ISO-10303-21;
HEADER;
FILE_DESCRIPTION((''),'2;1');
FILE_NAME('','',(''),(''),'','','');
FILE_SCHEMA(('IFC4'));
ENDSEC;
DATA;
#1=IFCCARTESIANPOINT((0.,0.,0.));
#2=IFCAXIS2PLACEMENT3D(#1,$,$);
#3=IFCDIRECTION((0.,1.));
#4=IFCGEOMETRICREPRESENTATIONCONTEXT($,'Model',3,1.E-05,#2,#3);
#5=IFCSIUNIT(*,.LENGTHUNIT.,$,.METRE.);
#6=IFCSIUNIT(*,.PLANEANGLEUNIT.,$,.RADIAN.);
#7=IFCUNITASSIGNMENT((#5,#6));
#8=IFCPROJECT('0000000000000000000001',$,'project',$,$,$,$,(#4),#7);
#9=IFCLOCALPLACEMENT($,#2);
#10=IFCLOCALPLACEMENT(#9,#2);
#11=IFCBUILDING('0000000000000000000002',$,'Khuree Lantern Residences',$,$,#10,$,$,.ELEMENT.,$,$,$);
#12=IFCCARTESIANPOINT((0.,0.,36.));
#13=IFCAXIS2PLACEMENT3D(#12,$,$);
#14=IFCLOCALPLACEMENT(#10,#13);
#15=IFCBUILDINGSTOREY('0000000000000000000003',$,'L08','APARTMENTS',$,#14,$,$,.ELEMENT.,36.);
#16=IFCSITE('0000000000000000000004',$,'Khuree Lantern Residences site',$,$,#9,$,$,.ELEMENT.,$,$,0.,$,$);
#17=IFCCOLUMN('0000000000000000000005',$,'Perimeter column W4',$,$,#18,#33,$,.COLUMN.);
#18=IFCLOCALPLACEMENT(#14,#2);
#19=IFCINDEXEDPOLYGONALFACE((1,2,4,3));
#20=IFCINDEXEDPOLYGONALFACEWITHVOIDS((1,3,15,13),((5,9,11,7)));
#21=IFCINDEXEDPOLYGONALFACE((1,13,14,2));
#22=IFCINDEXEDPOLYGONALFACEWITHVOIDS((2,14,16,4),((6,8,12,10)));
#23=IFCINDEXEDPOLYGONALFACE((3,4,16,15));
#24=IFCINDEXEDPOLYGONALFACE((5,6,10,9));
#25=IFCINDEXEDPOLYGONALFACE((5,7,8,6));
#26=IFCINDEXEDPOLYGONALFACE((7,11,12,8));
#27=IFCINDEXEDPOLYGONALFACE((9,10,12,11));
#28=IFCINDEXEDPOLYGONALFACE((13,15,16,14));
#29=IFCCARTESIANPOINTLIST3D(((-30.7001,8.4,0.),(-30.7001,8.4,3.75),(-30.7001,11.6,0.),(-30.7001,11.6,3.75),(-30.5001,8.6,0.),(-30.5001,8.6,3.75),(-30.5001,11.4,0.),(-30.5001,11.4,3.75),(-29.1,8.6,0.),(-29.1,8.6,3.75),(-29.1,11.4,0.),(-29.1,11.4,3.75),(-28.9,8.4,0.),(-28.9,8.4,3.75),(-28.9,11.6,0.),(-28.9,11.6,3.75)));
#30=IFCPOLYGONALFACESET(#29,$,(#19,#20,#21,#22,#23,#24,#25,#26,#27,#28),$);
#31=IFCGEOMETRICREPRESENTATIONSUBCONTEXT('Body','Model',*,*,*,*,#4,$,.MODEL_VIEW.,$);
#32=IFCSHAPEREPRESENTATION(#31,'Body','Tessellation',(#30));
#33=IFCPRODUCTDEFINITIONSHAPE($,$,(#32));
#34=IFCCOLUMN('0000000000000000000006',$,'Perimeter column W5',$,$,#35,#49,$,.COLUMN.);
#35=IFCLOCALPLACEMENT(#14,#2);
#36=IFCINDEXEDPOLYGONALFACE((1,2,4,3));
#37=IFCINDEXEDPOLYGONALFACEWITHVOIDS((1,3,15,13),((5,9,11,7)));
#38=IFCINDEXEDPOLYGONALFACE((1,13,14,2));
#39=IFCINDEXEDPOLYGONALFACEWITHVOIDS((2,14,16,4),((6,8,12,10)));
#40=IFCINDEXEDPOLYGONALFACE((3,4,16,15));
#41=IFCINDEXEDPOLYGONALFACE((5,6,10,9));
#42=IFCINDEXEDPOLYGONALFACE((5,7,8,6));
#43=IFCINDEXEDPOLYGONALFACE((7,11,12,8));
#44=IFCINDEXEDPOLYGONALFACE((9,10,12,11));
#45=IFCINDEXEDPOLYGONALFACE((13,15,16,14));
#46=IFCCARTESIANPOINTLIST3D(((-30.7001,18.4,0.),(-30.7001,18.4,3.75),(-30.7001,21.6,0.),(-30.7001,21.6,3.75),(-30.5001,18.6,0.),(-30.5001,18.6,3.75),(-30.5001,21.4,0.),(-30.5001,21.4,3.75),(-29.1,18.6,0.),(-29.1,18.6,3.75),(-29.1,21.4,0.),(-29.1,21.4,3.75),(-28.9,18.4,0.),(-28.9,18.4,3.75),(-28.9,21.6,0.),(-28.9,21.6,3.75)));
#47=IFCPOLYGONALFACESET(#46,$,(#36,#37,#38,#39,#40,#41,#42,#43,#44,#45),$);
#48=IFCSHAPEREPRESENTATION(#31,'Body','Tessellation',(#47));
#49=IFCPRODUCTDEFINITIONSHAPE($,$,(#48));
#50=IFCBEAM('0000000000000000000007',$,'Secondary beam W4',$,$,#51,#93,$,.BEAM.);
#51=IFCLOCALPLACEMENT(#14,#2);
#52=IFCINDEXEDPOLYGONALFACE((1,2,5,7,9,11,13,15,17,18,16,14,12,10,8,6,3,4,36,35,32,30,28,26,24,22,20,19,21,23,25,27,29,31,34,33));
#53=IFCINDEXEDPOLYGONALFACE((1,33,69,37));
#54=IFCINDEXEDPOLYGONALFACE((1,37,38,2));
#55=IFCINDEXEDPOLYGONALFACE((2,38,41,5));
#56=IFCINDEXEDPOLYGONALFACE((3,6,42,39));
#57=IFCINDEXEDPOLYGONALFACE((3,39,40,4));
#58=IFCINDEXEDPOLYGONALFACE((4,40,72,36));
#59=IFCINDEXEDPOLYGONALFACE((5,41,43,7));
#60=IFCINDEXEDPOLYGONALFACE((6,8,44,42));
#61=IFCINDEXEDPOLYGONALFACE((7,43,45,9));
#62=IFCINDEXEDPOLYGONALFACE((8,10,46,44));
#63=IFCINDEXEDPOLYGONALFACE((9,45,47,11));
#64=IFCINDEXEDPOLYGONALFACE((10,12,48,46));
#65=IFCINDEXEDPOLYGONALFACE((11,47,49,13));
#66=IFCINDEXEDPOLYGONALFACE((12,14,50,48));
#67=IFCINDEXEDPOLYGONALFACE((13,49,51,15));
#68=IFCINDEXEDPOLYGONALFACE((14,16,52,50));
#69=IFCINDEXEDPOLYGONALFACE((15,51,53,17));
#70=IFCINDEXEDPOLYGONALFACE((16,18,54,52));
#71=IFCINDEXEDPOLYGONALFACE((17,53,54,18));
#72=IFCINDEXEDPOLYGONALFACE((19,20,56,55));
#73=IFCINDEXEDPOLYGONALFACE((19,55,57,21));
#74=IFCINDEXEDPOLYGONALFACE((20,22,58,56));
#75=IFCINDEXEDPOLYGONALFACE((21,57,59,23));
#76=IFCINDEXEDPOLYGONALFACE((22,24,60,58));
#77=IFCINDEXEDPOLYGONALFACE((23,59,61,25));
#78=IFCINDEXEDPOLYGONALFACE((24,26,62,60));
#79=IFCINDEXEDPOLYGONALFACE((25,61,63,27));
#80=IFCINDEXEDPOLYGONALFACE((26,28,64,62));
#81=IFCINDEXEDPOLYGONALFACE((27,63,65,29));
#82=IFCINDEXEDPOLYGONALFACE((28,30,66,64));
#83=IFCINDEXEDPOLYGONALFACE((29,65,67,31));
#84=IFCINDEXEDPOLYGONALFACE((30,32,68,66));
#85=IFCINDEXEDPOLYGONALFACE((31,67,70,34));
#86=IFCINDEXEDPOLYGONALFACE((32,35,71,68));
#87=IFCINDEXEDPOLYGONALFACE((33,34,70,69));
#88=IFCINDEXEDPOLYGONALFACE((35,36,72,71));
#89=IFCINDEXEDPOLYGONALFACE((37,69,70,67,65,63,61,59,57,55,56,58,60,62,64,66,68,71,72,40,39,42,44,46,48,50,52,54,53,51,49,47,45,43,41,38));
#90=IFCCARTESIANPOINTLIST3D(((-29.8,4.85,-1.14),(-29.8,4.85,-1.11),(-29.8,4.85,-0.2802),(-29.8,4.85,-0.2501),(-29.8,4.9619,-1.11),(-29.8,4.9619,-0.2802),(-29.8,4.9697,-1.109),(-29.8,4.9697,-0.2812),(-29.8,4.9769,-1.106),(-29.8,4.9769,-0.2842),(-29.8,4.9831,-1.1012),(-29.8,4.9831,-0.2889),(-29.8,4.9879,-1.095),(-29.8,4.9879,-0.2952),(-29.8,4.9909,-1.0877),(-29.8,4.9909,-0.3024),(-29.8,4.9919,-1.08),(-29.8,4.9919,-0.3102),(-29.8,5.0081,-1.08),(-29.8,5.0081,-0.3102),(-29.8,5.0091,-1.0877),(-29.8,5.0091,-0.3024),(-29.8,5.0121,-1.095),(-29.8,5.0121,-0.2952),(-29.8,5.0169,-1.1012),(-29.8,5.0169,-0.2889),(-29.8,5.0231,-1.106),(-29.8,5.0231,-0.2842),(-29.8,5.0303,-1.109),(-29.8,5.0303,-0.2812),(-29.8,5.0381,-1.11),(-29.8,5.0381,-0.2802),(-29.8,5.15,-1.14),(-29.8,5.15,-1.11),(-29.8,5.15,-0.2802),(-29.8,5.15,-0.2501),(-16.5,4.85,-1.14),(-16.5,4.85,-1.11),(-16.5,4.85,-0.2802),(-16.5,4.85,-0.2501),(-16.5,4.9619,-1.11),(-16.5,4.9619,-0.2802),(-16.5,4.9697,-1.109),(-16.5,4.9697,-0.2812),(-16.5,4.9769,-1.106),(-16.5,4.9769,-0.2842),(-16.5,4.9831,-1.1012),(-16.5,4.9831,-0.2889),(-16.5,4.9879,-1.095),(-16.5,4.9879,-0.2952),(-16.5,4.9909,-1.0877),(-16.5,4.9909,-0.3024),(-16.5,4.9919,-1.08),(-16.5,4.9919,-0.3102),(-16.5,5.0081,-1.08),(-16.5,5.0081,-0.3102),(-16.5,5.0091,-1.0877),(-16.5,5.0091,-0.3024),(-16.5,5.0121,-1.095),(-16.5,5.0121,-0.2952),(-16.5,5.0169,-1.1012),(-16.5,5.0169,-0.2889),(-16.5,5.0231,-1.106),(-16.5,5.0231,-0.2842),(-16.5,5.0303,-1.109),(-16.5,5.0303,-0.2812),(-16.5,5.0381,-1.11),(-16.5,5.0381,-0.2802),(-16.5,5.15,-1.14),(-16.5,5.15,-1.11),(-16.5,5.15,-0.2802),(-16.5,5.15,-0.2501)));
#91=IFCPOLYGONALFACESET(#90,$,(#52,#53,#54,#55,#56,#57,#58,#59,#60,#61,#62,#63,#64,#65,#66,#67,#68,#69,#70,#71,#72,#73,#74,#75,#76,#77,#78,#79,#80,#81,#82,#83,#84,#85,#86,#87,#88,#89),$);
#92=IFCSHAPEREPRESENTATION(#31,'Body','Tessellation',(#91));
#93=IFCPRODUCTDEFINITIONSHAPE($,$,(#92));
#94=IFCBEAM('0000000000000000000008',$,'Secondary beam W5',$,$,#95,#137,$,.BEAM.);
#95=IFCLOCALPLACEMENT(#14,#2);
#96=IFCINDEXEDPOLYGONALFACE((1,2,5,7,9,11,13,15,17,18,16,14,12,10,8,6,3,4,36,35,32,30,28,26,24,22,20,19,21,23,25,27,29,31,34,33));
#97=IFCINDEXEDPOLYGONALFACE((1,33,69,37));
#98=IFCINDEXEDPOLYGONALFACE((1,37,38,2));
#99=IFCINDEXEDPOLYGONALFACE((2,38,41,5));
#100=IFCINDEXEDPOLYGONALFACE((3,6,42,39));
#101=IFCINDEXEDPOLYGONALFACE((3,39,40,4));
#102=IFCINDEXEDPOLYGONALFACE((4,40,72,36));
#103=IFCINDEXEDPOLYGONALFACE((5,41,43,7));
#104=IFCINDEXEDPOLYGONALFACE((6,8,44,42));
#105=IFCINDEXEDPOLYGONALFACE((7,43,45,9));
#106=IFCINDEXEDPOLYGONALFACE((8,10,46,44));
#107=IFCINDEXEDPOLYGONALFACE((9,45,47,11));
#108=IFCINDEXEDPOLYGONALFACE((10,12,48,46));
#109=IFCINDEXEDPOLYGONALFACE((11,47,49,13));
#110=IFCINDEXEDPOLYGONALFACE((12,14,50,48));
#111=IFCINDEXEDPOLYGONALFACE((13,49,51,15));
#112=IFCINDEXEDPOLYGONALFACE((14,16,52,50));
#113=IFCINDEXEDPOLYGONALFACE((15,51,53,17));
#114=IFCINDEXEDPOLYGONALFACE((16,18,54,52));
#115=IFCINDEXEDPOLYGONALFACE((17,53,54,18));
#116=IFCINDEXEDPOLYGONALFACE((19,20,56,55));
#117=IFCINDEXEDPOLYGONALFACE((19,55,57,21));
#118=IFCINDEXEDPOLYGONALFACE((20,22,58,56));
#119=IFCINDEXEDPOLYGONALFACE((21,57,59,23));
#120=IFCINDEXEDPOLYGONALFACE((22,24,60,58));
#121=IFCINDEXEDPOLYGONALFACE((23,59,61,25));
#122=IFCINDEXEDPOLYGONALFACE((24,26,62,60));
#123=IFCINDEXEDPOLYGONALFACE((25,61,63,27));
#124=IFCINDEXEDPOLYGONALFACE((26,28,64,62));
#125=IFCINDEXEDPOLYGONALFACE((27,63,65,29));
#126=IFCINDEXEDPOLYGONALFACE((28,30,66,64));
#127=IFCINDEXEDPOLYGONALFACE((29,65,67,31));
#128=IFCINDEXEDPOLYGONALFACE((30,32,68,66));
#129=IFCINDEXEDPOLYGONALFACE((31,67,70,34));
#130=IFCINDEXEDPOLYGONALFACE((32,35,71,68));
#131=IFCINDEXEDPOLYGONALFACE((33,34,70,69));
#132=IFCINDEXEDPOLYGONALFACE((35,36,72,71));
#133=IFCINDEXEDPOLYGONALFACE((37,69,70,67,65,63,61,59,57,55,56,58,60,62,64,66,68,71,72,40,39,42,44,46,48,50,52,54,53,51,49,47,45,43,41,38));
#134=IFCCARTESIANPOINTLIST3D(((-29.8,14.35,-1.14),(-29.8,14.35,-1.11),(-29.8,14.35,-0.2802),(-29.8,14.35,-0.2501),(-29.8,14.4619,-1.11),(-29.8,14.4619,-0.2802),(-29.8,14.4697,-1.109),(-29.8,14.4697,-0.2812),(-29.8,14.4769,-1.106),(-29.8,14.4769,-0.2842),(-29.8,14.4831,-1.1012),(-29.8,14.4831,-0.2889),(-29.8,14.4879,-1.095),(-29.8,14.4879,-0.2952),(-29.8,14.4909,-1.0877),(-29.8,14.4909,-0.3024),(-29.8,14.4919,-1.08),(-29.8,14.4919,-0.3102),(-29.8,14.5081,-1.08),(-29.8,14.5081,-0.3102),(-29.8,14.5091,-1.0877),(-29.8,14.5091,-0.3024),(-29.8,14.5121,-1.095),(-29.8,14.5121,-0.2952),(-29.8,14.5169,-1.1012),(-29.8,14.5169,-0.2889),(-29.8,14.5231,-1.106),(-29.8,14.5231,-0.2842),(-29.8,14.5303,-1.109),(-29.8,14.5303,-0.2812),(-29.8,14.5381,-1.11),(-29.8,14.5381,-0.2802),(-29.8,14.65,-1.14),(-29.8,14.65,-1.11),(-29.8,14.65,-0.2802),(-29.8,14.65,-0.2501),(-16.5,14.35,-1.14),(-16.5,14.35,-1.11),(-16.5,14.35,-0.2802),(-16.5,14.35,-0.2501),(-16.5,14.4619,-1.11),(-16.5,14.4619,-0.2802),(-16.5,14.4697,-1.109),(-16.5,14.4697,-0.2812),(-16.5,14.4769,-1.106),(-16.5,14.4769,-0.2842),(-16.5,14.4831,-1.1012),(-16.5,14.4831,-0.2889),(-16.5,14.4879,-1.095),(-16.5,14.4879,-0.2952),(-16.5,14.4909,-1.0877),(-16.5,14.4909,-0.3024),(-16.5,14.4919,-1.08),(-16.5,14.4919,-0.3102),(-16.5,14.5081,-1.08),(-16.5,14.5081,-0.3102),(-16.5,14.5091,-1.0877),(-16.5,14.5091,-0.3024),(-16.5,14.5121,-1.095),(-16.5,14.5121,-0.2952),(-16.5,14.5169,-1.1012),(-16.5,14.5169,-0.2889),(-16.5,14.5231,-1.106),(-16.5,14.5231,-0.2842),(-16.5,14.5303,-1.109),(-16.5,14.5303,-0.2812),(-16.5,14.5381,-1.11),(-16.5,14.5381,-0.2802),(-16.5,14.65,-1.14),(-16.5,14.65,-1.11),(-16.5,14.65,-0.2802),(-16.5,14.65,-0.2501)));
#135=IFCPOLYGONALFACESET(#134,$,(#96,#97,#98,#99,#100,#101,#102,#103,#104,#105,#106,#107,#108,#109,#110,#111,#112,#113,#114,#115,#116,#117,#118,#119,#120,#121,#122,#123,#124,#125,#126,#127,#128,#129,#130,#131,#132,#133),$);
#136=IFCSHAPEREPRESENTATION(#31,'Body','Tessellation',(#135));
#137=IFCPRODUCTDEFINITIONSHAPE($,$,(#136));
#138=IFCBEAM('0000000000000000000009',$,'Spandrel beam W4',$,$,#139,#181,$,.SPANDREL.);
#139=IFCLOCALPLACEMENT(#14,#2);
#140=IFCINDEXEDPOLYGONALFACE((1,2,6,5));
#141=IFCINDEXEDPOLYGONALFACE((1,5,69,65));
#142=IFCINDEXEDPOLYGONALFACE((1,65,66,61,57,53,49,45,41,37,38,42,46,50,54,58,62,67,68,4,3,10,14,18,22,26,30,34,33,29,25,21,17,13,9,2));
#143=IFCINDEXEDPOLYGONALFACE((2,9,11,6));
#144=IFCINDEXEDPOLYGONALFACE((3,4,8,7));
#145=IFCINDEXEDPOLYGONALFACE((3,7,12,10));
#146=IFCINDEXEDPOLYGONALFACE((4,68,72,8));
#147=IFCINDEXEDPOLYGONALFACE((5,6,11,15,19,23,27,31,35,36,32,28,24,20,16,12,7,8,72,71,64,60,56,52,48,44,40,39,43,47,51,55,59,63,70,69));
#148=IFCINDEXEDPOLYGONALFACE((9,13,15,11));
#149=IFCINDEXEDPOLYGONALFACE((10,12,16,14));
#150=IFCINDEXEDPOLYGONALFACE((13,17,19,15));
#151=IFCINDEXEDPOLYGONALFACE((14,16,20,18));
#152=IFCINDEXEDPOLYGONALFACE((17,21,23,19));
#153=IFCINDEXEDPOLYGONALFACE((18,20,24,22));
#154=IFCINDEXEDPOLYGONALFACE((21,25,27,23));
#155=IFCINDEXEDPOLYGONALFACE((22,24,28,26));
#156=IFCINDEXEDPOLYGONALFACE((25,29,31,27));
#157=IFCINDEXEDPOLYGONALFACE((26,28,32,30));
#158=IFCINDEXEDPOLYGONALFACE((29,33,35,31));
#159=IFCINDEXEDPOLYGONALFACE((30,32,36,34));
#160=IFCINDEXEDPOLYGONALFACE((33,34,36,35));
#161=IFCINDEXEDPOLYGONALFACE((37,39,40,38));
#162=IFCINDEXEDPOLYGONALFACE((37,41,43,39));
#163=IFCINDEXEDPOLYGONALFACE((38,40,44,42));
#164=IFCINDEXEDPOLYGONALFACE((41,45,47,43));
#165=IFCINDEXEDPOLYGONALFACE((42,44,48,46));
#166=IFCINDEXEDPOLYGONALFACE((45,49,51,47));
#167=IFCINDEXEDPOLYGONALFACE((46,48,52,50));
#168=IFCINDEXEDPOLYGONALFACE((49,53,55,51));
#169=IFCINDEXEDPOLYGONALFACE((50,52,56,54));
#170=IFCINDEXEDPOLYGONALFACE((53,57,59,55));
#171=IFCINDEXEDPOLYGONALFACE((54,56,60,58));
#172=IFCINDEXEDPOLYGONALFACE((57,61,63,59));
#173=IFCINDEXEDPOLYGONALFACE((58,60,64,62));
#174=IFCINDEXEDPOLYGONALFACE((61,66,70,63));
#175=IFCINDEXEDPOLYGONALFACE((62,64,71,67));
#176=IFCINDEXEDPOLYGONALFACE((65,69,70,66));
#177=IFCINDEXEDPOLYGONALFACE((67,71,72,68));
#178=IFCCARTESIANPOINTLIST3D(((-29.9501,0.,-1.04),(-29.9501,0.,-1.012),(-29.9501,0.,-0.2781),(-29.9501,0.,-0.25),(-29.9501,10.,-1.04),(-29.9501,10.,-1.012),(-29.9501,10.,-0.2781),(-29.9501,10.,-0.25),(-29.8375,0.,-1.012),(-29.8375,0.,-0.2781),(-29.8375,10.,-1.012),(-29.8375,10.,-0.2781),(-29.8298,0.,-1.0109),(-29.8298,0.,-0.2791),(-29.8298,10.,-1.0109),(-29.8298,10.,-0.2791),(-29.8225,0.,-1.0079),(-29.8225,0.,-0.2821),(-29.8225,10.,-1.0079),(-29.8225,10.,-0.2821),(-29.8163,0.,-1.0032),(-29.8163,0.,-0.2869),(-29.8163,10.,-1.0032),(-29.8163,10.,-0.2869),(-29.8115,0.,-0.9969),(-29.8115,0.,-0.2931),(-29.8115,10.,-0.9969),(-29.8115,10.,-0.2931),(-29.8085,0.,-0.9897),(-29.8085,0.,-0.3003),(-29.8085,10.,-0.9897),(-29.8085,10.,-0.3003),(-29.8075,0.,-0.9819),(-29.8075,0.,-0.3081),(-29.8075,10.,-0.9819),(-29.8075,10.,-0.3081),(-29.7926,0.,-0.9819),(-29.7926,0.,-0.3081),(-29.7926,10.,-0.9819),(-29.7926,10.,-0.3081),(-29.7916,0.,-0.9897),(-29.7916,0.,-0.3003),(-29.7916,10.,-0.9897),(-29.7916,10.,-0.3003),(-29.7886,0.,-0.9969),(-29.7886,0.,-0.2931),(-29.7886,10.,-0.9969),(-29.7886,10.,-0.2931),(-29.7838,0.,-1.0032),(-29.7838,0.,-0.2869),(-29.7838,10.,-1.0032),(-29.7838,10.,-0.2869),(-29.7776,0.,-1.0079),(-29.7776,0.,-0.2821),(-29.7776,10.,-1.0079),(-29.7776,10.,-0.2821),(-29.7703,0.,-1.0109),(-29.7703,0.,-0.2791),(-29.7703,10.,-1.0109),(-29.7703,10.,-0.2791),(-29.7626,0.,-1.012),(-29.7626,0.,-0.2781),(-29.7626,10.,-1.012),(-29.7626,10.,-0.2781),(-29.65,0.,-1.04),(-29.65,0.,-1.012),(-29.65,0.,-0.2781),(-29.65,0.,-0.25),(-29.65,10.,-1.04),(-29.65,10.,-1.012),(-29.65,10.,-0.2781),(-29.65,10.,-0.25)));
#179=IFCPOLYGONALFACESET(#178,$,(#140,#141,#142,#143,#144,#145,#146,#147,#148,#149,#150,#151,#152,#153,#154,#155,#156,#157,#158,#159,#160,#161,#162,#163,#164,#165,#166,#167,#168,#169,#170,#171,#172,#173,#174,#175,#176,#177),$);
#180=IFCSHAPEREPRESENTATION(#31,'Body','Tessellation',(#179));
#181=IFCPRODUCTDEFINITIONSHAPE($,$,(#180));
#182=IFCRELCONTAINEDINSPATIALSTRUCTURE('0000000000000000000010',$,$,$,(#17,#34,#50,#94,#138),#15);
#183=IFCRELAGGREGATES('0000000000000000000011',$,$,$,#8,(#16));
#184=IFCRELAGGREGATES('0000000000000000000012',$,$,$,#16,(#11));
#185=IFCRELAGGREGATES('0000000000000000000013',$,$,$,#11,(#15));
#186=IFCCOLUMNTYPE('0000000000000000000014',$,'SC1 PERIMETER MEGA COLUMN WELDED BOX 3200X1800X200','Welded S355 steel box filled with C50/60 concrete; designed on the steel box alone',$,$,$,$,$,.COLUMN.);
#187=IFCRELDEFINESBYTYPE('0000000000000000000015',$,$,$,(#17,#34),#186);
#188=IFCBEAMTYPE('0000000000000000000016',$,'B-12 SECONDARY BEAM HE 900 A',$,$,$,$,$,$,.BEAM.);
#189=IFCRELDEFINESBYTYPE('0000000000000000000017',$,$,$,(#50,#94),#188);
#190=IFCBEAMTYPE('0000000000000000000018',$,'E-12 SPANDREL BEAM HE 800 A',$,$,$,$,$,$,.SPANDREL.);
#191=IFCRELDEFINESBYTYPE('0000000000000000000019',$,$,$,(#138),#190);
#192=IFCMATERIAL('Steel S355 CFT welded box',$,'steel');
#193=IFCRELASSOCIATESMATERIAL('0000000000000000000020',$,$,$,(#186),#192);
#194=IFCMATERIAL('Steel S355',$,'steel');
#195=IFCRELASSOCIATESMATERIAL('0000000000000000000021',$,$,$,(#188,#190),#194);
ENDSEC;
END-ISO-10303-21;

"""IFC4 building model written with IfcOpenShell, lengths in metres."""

from ifc_helpers import new_model, si_unit, direction, frame, origin, origin_2d, place, context, subcontext, project, spatial, hollow_rectangle, i_section, extrude, material, material_profile, profile_set, type_object, element, save


model = new_model("IFC4")

# Units and contexts
model_context = context("Model", 3, precision=1e-05, world=origin(), true_north=direction((0.0, 1.0)))
body_context = subcontext(model_context, "Body", "Model", "MODEL_VIEW")
ifc_project = project(units=[si_unit("LENGTHUNIT", "METRE"), si_unit("PLANEANGLEUNIT", "RADIAN")], contexts=[model_context])

# Site, building, storey
site_placement = place(None, origin())
site = spatial("IfcSite", under=ifc_project, at=site_placement, Name="Khuree Lantern Residences site", CompositionType="ELEMENT", RefElevation=0.0)
building_placement = place(site_placement, origin())
building = spatial("IfcBuilding", under=site, at=building_placement, Name="Khuree Lantern Residences", CompositionType="ELEMENT")
storey_placement = place(building_placement, frame((0.0, 0.0, 36.0)))
storey = spatial("IfcBuildingStorey", under=building, at=storey_placement, Name="L08", Description="APARTMENTS", CompositionType="ELEMENT", Elevation=36.0)

# Columns
ifc_material_1 = material(Name="Steel S355 CFT welded box", Category="steel")
ifc_material_profile_1 = material_profile(ifc_material_1, hollow_rectangle(XDim=3.2, YDim=1.8, WallThickness=0.2, at=origin_2d()), Name="WELDED BOX 3200X1800X200")
ifc_profile_set_1 = profile_set([ifc_material_profile_1], Name="Steel S355 CFT welded box")
column_type = type_object("IfcColumnType", Name="SC1 PERIMETER MEGA COLUMN WELDED BOX 3200X1800X200", Description="Welded S355 steel box filled with C50/60 concrete; designed on the steel box alone", PredefinedType="COLUMN", material=ifc_profile_set_1)
for number, where, z_axis, x_axis, name in (
    (1, (-29.8, 10.0, 0.0), (0.0, 0.0, 1.0), (0.0, 1.0, 0.0), "Perimeter column W4"),
    (2, (-29.8, 20.0, 0.0), (0.0, 0.0, 1.0), (0.0, 1.0, 0.0), "Perimeter column W5"),
):
    element("IfcColumn", number, at=place(storey_placement, frame(where, z_axis=z_axis, x_axis=x_axis)), inside=storey, type_object=column_type, Name=name, PredefinedType="COLUMN", context=body_context, shape_type="SweptSolid", body=[
        extrude(hollow_rectangle(XDim=3.2, YDim=1.8, WallThickness=0.2, at=origin_2d()), origin(), (0.0, 0.0, 1.0), 3.75),
    ])

# Beams
ifc_material_2 = material(Name="Steel S355", Category="steel")
ifc_material_profile_2 = material_profile(ifc_material_2, i_section(OverallWidth=0.3, OverallDepth=0.8899, WebThickness=0.0161, FlangeThickness=0.03, FilletRadius=0.03, at=origin_2d()), Name="HE 900 A")
ifc_profile_set_2 = profile_set([ifc_material_profile_2], Name="Steel S355")
beam_type_1 = type_object("IfcBeamType", Name="B-12 SECONDARY BEAM HE 900 A", PredefinedType="BEAM", material=ifc_profile_set_2)
for number, where, z_axis, x_axis, name in (
    (3, (-29.8, 5.0, -0.6951), (1.0, 0.0, 0.0), (0.0, 1.0, 0.0), "Secondary beam W4"),
    (4, (-29.8, 14.5, -0.6951), (1.0, 0.0, 0.0), (0.0, 1.0, 0.0), "Secondary beam W5"),
):
    element("IfcBeam", number, at=place(storey_placement, frame(where, z_axis=z_axis, x_axis=x_axis)), inside=storey, type_object=beam_type_1, Name=name, PredefinedType="BEAM", context=body_context, shape_type="SweptSolid", body=[
        extrude(i_section(OverallWidth=0.3, OverallDepth=0.8899, WebThickness=0.0161, FlangeThickness=0.03, FilletRadius=0.03, at=origin_2d()), origin(), (0.0, 0.0, 1.0), 13.3),
    ])
ifc_material_profile_3 = material_profile(ifc_material_2, i_section(OverallWidth=0.3, OverallDepth=0.79, WebThickness=0.0149, FlangeThickness=0.0281, FilletRadius=0.03, at=origin_2d()), Name="HE 800 A")
ifc_profile_set_3 = profile_set([ifc_material_profile_3], Name="Steel S355")
beam_type_2 = type_object("IfcBeamType", Name="E-12 SPANDREL BEAM HE 800 A", PredefinedType="SPANDREL", material=ifc_profile_set_3)
for number, where, z_axis, x_axis, name in (
    (5, (-29.8, 0.0, -0.645), (0.0, 1.0, 0.0), (-1.0, 0.0, 0.0), "Spandrel beam W4"),
):
    element("IfcBeam", number, at=place(storey_placement, frame(where, z_axis=z_axis, x_axis=x_axis)), inside=storey, type_object=beam_type_2, Name=name, PredefinedType="SPANDREL", context=body_context, shape_type="SweptSolid", body=[
        extrude(i_section(OverallWidth=0.3, OverallDepth=0.79, WebThickness=0.0149, FlangeThickness=0.0281, FilletRadius=0.03, at=origin_2d()), origin(), (0.0, 0.0, 1.0), 10.0),
    ])

save(model, "model.ifc")
